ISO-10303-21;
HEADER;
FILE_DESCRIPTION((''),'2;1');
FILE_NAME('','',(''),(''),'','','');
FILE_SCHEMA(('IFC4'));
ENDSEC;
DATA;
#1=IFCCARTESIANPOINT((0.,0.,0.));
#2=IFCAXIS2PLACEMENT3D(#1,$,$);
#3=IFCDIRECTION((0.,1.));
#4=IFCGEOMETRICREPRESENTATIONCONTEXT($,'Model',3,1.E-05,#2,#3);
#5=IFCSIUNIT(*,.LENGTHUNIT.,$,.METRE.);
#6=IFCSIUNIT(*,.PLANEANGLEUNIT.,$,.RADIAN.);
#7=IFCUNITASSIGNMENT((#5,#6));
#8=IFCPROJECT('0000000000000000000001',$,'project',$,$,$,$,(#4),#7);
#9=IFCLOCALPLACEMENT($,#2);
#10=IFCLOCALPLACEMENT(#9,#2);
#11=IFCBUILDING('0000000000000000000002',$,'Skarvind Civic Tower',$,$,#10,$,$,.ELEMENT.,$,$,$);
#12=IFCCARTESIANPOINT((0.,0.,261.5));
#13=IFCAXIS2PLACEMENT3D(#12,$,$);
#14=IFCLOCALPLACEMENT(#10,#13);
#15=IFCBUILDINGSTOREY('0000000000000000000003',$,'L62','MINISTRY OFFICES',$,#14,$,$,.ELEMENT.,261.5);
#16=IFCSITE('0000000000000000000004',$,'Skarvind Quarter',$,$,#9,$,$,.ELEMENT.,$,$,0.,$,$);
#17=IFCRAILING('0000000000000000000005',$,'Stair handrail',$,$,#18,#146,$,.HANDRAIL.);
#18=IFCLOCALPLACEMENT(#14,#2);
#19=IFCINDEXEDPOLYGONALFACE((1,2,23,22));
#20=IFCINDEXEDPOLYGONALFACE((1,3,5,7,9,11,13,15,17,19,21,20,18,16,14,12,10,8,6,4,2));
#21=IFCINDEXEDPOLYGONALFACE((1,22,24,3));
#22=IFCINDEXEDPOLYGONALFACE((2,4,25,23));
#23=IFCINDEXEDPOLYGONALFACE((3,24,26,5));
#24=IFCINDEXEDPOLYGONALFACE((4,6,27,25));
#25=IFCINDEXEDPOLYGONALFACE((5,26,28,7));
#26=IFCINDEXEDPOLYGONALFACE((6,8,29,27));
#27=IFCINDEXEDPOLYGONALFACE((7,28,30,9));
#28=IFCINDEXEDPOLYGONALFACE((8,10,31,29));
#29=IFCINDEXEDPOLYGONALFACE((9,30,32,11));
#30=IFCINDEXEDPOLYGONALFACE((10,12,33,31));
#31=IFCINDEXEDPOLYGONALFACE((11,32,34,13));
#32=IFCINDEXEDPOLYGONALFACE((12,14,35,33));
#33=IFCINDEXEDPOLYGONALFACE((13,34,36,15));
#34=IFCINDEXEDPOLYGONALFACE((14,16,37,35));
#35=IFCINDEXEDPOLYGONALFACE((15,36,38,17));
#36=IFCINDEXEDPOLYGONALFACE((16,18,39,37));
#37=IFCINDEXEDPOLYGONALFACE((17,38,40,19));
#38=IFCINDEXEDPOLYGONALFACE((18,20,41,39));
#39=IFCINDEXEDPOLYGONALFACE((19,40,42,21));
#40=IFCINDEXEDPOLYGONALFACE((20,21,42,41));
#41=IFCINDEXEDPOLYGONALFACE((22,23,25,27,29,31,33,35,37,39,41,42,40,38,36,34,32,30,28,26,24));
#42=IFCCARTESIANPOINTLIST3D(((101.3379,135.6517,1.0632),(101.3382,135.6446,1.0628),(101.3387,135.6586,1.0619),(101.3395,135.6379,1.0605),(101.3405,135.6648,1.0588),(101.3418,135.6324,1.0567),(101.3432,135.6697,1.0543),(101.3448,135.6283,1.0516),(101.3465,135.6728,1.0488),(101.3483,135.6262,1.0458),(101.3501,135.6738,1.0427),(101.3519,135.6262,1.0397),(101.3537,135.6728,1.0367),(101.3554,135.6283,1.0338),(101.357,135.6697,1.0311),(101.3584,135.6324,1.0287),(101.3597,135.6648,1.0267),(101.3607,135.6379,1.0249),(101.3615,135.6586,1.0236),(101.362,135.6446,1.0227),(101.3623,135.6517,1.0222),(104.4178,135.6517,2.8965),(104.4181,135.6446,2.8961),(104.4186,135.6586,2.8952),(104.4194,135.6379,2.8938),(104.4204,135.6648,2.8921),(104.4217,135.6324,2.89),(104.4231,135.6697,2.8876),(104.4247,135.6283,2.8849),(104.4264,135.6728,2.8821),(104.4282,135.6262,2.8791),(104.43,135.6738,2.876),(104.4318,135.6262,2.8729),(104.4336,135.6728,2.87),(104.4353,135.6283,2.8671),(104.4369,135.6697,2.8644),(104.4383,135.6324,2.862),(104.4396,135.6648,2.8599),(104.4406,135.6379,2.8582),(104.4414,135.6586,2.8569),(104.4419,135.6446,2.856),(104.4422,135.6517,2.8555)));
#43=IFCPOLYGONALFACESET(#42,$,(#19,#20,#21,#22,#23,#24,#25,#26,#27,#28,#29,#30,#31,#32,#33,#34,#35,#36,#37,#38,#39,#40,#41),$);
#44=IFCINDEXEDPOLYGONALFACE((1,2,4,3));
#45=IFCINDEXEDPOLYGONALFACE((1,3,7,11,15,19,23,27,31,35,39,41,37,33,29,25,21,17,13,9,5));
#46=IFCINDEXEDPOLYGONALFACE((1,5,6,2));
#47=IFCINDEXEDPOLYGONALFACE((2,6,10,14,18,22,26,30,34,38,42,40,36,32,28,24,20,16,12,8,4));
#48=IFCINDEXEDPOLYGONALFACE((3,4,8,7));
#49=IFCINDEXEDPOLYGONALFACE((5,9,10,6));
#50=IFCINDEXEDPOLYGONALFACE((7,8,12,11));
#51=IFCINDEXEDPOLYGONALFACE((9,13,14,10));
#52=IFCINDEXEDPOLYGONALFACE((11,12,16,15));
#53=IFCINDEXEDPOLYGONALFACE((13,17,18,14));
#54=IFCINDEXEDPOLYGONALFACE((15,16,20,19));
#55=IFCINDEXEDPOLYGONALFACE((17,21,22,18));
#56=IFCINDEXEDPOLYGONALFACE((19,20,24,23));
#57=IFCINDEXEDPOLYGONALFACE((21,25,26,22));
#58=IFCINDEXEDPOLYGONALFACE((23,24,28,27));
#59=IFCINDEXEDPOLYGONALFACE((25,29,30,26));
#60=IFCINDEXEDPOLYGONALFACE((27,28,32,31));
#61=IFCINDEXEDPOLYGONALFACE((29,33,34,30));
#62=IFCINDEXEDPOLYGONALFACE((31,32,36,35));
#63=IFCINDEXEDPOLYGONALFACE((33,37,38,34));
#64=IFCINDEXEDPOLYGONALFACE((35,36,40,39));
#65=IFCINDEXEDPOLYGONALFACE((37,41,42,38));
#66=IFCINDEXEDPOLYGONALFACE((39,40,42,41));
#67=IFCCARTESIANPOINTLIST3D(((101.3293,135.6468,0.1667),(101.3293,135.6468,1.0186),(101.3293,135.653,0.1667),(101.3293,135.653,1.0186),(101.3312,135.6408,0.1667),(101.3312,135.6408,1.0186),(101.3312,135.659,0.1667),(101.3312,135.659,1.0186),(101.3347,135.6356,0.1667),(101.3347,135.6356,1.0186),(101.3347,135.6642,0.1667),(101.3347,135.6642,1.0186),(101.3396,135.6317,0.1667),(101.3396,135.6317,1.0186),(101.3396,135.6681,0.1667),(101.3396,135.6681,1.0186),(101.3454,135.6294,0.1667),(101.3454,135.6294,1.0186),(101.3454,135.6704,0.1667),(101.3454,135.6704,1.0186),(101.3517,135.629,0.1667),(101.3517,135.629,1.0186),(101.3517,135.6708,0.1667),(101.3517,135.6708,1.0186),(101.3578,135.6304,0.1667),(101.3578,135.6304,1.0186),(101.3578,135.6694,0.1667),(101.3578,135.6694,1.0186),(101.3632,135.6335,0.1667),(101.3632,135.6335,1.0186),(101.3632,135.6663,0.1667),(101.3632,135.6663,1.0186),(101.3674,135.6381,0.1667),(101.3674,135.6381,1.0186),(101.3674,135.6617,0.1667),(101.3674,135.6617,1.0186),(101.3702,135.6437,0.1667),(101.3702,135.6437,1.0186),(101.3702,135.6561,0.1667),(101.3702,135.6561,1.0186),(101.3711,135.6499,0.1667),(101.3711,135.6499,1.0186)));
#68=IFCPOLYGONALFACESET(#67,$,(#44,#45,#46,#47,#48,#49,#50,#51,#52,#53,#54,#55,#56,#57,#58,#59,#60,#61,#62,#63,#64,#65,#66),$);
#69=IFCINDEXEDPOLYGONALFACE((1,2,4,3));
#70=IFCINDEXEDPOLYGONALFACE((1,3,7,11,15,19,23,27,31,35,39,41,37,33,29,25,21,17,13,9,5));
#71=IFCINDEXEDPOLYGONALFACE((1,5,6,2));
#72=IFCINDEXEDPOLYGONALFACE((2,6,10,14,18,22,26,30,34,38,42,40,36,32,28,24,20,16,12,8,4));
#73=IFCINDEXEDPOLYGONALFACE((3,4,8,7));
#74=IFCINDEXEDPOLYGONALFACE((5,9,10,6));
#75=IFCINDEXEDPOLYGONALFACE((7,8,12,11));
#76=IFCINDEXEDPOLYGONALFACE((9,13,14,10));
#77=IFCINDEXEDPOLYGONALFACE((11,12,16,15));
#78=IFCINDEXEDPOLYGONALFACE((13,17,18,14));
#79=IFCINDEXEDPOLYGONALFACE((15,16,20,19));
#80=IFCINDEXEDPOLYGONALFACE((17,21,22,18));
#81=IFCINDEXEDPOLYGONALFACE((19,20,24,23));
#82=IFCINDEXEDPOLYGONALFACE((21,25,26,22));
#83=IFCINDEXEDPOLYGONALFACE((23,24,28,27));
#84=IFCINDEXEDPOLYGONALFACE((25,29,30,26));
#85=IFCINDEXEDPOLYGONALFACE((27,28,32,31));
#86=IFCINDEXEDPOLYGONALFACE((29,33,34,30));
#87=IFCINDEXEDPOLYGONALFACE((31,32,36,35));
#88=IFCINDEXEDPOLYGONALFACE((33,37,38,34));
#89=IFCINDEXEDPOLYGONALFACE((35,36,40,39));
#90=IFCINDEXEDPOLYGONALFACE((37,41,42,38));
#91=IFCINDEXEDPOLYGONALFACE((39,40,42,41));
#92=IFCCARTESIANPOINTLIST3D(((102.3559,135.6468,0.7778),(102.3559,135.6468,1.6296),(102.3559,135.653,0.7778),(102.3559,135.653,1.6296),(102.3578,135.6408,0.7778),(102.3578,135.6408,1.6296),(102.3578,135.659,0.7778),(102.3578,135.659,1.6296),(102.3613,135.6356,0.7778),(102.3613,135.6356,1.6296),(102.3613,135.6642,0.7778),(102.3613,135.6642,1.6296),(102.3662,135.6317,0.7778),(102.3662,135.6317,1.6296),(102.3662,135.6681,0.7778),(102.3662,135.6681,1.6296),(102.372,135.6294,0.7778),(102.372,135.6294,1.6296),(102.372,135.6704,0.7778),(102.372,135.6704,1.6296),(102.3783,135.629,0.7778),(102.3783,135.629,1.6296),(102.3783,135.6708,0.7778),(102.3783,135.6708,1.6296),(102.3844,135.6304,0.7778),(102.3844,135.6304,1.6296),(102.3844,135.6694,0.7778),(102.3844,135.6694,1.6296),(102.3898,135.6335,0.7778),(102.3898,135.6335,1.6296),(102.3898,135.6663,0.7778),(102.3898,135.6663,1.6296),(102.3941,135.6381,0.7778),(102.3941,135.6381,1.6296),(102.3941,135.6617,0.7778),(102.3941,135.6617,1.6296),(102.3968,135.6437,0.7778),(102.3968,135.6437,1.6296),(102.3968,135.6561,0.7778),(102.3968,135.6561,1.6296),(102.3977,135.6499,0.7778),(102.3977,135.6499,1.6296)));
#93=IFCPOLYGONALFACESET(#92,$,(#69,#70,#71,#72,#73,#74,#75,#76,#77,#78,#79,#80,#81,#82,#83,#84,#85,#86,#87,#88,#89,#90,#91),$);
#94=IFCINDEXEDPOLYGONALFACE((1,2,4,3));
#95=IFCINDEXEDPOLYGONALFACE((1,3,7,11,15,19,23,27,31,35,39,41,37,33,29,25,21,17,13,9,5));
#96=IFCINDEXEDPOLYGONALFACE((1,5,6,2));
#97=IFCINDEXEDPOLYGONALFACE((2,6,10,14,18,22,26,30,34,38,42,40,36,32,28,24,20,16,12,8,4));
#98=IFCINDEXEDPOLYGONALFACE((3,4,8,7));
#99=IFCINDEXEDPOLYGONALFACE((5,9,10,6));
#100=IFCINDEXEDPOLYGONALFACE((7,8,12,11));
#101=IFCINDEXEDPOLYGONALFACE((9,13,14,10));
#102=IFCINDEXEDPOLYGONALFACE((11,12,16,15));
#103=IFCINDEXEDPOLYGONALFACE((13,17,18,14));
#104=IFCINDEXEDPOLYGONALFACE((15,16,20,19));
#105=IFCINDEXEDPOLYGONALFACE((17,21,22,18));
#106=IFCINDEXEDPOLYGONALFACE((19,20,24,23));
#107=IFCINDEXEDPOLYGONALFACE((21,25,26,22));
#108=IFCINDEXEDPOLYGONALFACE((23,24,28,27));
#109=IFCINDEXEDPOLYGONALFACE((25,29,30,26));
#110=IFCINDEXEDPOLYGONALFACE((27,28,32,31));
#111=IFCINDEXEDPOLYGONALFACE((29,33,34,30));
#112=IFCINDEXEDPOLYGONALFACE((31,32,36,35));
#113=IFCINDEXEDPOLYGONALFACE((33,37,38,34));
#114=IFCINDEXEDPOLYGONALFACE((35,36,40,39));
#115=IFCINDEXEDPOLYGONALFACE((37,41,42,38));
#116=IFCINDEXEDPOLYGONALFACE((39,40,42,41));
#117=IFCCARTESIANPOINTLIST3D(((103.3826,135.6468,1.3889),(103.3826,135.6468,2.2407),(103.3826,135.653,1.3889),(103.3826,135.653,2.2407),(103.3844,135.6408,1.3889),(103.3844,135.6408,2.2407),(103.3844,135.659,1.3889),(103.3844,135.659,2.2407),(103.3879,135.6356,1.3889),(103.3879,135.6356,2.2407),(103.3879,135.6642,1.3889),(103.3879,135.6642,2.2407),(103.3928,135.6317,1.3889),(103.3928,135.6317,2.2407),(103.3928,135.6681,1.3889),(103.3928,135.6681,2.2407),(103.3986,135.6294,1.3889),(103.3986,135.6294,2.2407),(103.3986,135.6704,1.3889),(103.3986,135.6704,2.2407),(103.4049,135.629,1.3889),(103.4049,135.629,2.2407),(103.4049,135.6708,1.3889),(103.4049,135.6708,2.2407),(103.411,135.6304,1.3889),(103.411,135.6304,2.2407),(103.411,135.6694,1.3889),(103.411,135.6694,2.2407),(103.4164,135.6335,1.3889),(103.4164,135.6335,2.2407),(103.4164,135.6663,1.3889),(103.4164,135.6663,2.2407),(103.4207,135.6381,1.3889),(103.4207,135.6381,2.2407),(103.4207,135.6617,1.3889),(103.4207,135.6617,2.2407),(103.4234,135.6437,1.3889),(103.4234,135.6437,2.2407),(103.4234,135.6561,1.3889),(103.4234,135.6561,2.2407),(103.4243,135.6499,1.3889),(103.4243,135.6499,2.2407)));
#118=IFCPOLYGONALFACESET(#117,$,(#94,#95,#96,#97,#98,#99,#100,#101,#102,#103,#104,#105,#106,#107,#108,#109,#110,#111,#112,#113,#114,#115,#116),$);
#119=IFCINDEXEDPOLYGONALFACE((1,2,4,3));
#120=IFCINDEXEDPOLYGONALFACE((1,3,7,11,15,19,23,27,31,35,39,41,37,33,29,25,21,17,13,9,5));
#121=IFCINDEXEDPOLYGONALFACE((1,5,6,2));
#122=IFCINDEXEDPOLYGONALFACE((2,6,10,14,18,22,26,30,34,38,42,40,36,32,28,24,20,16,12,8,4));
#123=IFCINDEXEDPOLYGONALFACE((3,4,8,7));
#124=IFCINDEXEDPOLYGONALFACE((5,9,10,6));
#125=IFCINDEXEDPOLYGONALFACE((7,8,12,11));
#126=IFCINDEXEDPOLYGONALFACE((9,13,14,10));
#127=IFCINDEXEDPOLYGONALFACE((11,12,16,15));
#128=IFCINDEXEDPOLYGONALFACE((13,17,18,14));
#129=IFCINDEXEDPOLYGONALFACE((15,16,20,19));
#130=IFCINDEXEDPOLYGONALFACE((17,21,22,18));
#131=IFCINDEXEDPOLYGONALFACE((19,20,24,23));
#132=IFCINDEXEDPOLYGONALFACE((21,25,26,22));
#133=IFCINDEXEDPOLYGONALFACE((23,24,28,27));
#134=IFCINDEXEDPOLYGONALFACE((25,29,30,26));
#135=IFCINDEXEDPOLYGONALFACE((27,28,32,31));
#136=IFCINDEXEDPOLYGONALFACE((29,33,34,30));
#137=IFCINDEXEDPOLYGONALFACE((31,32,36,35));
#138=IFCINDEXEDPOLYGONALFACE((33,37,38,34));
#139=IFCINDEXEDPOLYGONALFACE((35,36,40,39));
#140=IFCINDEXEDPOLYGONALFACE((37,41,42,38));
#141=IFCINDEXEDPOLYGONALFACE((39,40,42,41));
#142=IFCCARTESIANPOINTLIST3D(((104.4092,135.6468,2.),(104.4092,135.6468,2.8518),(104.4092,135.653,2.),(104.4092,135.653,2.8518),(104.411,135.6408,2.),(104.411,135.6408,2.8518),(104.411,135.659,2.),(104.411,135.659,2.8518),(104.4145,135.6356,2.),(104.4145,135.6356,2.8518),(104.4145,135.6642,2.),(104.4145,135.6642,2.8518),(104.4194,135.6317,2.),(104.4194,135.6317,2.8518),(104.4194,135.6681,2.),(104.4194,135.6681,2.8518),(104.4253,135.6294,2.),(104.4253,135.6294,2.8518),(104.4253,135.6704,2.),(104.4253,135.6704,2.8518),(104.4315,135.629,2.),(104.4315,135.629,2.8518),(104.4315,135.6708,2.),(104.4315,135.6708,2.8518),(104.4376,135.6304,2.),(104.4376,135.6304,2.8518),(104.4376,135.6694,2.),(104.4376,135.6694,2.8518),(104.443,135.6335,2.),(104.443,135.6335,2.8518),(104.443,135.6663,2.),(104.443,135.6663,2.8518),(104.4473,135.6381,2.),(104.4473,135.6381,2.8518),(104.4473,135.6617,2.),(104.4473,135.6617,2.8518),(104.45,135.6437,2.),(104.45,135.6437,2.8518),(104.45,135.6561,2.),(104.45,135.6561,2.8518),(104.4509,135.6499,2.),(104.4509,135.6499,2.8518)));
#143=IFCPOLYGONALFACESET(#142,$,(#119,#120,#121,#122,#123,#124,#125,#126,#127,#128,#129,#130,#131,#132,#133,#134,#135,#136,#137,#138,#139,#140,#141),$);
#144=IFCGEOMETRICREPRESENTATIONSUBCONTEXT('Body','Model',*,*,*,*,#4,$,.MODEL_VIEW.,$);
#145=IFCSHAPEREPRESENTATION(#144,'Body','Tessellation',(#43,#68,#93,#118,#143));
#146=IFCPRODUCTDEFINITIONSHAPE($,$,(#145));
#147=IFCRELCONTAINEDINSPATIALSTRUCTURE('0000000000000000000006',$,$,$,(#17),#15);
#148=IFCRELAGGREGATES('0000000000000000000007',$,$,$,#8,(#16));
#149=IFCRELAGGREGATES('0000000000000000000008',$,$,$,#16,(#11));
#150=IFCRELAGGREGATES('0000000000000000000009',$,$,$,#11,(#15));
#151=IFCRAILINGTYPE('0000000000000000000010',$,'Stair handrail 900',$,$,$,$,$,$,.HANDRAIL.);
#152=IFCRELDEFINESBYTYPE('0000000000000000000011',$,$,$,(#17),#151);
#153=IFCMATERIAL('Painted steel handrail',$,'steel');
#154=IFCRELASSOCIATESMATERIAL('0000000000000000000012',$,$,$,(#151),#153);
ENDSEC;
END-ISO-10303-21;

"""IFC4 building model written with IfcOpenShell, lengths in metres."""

from ifc_helpers import new_model, si_unit, direction, frame, origin, origin_2d, place, context, subcontext, project, spatial, circle, extrude, material, type_object, element, save


model = new_model("IFC4")

# Units and contexts
model_context = context("Model", 3, precision=1e-05, world=origin(), true_north=direction((0.0, 1.0)))
body_context = subcontext(model_context, "Body", "Model", "MODEL_VIEW")
ifc_project = project(units=[si_unit("LENGTHUNIT", "METRE"), si_unit("PLANEANGLEUNIT", "RADIAN")], contexts=[model_context])

# Site, building, storey
site_placement = place(None, origin())
site = spatial("IfcSite", under=ifc_project, at=site_placement, Name="Skarvind Quarter", CompositionType="ELEMENT", RefElevation=0.0)
building_placement = place(site_placement, origin())
building = spatial("IfcBuilding", under=site, at=building_placement, Name="Skarvind Civic Tower", CompositionType="ELEMENT")
storey_placement = place(building_placement, frame((0.0, 0.0, 261.5)))
storey = spatial("IfcBuildingStorey", under=building, at=storey_placement, Name="L62", Description="MINISTRY OFFICES", CompositionType="ELEMENT", Elevation=261.5)

# Railing
ifc_material_1 = material(Name="Painted steel handrail", Category="steel")
railing_type = type_object("IfcRailingType", Name="Stair handrail 900", PredefinedType="HANDRAIL", material=ifc_material_1)
railing_1_placement = place(storey_placement, frame((101.3501, 135.6499, 0.1667)))
element("IfcRailing", 1, at=railing_1_placement, inside=storey, type_object=railing_type, Name="Stair handrail", PredefinedType="HANDRAIL", context=body_context, shape_type="SweptSolid", body=[
    extrude(circle(Radius=0.0239, at=origin_2d()), frame((0.0, 0.0, 0.876), z_axis=(0.859291, 0.0, 0.511487), x_axis=(0.0, 1.0, 0.0)), (0.0, 0.0, 1.0), 3.5842),
    extrude(circle(Radius=0.021, at=origin_2d()), origin(), (0.0, 0.0, 1.0), 0.8518),
    extrude(circle(Radius=0.021, at=origin_2d()), frame((1.0266, 0.0, 0.6111)), (0.0, 0.0, 1.0), 0.8518),
    extrude(circle(Radius=0.021, at=origin_2d()), frame((2.0532, 0.0, 1.2222)), (0.0, 0.0, 1.0), 0.8518),
    extrude(circle(Radius=0.021, at=origin_2d()), frame((3.0798, 0.0, 1.8333)), (0.0, 0.0, 1.0), 0.8518),
])

save(model, "model.ifc")
